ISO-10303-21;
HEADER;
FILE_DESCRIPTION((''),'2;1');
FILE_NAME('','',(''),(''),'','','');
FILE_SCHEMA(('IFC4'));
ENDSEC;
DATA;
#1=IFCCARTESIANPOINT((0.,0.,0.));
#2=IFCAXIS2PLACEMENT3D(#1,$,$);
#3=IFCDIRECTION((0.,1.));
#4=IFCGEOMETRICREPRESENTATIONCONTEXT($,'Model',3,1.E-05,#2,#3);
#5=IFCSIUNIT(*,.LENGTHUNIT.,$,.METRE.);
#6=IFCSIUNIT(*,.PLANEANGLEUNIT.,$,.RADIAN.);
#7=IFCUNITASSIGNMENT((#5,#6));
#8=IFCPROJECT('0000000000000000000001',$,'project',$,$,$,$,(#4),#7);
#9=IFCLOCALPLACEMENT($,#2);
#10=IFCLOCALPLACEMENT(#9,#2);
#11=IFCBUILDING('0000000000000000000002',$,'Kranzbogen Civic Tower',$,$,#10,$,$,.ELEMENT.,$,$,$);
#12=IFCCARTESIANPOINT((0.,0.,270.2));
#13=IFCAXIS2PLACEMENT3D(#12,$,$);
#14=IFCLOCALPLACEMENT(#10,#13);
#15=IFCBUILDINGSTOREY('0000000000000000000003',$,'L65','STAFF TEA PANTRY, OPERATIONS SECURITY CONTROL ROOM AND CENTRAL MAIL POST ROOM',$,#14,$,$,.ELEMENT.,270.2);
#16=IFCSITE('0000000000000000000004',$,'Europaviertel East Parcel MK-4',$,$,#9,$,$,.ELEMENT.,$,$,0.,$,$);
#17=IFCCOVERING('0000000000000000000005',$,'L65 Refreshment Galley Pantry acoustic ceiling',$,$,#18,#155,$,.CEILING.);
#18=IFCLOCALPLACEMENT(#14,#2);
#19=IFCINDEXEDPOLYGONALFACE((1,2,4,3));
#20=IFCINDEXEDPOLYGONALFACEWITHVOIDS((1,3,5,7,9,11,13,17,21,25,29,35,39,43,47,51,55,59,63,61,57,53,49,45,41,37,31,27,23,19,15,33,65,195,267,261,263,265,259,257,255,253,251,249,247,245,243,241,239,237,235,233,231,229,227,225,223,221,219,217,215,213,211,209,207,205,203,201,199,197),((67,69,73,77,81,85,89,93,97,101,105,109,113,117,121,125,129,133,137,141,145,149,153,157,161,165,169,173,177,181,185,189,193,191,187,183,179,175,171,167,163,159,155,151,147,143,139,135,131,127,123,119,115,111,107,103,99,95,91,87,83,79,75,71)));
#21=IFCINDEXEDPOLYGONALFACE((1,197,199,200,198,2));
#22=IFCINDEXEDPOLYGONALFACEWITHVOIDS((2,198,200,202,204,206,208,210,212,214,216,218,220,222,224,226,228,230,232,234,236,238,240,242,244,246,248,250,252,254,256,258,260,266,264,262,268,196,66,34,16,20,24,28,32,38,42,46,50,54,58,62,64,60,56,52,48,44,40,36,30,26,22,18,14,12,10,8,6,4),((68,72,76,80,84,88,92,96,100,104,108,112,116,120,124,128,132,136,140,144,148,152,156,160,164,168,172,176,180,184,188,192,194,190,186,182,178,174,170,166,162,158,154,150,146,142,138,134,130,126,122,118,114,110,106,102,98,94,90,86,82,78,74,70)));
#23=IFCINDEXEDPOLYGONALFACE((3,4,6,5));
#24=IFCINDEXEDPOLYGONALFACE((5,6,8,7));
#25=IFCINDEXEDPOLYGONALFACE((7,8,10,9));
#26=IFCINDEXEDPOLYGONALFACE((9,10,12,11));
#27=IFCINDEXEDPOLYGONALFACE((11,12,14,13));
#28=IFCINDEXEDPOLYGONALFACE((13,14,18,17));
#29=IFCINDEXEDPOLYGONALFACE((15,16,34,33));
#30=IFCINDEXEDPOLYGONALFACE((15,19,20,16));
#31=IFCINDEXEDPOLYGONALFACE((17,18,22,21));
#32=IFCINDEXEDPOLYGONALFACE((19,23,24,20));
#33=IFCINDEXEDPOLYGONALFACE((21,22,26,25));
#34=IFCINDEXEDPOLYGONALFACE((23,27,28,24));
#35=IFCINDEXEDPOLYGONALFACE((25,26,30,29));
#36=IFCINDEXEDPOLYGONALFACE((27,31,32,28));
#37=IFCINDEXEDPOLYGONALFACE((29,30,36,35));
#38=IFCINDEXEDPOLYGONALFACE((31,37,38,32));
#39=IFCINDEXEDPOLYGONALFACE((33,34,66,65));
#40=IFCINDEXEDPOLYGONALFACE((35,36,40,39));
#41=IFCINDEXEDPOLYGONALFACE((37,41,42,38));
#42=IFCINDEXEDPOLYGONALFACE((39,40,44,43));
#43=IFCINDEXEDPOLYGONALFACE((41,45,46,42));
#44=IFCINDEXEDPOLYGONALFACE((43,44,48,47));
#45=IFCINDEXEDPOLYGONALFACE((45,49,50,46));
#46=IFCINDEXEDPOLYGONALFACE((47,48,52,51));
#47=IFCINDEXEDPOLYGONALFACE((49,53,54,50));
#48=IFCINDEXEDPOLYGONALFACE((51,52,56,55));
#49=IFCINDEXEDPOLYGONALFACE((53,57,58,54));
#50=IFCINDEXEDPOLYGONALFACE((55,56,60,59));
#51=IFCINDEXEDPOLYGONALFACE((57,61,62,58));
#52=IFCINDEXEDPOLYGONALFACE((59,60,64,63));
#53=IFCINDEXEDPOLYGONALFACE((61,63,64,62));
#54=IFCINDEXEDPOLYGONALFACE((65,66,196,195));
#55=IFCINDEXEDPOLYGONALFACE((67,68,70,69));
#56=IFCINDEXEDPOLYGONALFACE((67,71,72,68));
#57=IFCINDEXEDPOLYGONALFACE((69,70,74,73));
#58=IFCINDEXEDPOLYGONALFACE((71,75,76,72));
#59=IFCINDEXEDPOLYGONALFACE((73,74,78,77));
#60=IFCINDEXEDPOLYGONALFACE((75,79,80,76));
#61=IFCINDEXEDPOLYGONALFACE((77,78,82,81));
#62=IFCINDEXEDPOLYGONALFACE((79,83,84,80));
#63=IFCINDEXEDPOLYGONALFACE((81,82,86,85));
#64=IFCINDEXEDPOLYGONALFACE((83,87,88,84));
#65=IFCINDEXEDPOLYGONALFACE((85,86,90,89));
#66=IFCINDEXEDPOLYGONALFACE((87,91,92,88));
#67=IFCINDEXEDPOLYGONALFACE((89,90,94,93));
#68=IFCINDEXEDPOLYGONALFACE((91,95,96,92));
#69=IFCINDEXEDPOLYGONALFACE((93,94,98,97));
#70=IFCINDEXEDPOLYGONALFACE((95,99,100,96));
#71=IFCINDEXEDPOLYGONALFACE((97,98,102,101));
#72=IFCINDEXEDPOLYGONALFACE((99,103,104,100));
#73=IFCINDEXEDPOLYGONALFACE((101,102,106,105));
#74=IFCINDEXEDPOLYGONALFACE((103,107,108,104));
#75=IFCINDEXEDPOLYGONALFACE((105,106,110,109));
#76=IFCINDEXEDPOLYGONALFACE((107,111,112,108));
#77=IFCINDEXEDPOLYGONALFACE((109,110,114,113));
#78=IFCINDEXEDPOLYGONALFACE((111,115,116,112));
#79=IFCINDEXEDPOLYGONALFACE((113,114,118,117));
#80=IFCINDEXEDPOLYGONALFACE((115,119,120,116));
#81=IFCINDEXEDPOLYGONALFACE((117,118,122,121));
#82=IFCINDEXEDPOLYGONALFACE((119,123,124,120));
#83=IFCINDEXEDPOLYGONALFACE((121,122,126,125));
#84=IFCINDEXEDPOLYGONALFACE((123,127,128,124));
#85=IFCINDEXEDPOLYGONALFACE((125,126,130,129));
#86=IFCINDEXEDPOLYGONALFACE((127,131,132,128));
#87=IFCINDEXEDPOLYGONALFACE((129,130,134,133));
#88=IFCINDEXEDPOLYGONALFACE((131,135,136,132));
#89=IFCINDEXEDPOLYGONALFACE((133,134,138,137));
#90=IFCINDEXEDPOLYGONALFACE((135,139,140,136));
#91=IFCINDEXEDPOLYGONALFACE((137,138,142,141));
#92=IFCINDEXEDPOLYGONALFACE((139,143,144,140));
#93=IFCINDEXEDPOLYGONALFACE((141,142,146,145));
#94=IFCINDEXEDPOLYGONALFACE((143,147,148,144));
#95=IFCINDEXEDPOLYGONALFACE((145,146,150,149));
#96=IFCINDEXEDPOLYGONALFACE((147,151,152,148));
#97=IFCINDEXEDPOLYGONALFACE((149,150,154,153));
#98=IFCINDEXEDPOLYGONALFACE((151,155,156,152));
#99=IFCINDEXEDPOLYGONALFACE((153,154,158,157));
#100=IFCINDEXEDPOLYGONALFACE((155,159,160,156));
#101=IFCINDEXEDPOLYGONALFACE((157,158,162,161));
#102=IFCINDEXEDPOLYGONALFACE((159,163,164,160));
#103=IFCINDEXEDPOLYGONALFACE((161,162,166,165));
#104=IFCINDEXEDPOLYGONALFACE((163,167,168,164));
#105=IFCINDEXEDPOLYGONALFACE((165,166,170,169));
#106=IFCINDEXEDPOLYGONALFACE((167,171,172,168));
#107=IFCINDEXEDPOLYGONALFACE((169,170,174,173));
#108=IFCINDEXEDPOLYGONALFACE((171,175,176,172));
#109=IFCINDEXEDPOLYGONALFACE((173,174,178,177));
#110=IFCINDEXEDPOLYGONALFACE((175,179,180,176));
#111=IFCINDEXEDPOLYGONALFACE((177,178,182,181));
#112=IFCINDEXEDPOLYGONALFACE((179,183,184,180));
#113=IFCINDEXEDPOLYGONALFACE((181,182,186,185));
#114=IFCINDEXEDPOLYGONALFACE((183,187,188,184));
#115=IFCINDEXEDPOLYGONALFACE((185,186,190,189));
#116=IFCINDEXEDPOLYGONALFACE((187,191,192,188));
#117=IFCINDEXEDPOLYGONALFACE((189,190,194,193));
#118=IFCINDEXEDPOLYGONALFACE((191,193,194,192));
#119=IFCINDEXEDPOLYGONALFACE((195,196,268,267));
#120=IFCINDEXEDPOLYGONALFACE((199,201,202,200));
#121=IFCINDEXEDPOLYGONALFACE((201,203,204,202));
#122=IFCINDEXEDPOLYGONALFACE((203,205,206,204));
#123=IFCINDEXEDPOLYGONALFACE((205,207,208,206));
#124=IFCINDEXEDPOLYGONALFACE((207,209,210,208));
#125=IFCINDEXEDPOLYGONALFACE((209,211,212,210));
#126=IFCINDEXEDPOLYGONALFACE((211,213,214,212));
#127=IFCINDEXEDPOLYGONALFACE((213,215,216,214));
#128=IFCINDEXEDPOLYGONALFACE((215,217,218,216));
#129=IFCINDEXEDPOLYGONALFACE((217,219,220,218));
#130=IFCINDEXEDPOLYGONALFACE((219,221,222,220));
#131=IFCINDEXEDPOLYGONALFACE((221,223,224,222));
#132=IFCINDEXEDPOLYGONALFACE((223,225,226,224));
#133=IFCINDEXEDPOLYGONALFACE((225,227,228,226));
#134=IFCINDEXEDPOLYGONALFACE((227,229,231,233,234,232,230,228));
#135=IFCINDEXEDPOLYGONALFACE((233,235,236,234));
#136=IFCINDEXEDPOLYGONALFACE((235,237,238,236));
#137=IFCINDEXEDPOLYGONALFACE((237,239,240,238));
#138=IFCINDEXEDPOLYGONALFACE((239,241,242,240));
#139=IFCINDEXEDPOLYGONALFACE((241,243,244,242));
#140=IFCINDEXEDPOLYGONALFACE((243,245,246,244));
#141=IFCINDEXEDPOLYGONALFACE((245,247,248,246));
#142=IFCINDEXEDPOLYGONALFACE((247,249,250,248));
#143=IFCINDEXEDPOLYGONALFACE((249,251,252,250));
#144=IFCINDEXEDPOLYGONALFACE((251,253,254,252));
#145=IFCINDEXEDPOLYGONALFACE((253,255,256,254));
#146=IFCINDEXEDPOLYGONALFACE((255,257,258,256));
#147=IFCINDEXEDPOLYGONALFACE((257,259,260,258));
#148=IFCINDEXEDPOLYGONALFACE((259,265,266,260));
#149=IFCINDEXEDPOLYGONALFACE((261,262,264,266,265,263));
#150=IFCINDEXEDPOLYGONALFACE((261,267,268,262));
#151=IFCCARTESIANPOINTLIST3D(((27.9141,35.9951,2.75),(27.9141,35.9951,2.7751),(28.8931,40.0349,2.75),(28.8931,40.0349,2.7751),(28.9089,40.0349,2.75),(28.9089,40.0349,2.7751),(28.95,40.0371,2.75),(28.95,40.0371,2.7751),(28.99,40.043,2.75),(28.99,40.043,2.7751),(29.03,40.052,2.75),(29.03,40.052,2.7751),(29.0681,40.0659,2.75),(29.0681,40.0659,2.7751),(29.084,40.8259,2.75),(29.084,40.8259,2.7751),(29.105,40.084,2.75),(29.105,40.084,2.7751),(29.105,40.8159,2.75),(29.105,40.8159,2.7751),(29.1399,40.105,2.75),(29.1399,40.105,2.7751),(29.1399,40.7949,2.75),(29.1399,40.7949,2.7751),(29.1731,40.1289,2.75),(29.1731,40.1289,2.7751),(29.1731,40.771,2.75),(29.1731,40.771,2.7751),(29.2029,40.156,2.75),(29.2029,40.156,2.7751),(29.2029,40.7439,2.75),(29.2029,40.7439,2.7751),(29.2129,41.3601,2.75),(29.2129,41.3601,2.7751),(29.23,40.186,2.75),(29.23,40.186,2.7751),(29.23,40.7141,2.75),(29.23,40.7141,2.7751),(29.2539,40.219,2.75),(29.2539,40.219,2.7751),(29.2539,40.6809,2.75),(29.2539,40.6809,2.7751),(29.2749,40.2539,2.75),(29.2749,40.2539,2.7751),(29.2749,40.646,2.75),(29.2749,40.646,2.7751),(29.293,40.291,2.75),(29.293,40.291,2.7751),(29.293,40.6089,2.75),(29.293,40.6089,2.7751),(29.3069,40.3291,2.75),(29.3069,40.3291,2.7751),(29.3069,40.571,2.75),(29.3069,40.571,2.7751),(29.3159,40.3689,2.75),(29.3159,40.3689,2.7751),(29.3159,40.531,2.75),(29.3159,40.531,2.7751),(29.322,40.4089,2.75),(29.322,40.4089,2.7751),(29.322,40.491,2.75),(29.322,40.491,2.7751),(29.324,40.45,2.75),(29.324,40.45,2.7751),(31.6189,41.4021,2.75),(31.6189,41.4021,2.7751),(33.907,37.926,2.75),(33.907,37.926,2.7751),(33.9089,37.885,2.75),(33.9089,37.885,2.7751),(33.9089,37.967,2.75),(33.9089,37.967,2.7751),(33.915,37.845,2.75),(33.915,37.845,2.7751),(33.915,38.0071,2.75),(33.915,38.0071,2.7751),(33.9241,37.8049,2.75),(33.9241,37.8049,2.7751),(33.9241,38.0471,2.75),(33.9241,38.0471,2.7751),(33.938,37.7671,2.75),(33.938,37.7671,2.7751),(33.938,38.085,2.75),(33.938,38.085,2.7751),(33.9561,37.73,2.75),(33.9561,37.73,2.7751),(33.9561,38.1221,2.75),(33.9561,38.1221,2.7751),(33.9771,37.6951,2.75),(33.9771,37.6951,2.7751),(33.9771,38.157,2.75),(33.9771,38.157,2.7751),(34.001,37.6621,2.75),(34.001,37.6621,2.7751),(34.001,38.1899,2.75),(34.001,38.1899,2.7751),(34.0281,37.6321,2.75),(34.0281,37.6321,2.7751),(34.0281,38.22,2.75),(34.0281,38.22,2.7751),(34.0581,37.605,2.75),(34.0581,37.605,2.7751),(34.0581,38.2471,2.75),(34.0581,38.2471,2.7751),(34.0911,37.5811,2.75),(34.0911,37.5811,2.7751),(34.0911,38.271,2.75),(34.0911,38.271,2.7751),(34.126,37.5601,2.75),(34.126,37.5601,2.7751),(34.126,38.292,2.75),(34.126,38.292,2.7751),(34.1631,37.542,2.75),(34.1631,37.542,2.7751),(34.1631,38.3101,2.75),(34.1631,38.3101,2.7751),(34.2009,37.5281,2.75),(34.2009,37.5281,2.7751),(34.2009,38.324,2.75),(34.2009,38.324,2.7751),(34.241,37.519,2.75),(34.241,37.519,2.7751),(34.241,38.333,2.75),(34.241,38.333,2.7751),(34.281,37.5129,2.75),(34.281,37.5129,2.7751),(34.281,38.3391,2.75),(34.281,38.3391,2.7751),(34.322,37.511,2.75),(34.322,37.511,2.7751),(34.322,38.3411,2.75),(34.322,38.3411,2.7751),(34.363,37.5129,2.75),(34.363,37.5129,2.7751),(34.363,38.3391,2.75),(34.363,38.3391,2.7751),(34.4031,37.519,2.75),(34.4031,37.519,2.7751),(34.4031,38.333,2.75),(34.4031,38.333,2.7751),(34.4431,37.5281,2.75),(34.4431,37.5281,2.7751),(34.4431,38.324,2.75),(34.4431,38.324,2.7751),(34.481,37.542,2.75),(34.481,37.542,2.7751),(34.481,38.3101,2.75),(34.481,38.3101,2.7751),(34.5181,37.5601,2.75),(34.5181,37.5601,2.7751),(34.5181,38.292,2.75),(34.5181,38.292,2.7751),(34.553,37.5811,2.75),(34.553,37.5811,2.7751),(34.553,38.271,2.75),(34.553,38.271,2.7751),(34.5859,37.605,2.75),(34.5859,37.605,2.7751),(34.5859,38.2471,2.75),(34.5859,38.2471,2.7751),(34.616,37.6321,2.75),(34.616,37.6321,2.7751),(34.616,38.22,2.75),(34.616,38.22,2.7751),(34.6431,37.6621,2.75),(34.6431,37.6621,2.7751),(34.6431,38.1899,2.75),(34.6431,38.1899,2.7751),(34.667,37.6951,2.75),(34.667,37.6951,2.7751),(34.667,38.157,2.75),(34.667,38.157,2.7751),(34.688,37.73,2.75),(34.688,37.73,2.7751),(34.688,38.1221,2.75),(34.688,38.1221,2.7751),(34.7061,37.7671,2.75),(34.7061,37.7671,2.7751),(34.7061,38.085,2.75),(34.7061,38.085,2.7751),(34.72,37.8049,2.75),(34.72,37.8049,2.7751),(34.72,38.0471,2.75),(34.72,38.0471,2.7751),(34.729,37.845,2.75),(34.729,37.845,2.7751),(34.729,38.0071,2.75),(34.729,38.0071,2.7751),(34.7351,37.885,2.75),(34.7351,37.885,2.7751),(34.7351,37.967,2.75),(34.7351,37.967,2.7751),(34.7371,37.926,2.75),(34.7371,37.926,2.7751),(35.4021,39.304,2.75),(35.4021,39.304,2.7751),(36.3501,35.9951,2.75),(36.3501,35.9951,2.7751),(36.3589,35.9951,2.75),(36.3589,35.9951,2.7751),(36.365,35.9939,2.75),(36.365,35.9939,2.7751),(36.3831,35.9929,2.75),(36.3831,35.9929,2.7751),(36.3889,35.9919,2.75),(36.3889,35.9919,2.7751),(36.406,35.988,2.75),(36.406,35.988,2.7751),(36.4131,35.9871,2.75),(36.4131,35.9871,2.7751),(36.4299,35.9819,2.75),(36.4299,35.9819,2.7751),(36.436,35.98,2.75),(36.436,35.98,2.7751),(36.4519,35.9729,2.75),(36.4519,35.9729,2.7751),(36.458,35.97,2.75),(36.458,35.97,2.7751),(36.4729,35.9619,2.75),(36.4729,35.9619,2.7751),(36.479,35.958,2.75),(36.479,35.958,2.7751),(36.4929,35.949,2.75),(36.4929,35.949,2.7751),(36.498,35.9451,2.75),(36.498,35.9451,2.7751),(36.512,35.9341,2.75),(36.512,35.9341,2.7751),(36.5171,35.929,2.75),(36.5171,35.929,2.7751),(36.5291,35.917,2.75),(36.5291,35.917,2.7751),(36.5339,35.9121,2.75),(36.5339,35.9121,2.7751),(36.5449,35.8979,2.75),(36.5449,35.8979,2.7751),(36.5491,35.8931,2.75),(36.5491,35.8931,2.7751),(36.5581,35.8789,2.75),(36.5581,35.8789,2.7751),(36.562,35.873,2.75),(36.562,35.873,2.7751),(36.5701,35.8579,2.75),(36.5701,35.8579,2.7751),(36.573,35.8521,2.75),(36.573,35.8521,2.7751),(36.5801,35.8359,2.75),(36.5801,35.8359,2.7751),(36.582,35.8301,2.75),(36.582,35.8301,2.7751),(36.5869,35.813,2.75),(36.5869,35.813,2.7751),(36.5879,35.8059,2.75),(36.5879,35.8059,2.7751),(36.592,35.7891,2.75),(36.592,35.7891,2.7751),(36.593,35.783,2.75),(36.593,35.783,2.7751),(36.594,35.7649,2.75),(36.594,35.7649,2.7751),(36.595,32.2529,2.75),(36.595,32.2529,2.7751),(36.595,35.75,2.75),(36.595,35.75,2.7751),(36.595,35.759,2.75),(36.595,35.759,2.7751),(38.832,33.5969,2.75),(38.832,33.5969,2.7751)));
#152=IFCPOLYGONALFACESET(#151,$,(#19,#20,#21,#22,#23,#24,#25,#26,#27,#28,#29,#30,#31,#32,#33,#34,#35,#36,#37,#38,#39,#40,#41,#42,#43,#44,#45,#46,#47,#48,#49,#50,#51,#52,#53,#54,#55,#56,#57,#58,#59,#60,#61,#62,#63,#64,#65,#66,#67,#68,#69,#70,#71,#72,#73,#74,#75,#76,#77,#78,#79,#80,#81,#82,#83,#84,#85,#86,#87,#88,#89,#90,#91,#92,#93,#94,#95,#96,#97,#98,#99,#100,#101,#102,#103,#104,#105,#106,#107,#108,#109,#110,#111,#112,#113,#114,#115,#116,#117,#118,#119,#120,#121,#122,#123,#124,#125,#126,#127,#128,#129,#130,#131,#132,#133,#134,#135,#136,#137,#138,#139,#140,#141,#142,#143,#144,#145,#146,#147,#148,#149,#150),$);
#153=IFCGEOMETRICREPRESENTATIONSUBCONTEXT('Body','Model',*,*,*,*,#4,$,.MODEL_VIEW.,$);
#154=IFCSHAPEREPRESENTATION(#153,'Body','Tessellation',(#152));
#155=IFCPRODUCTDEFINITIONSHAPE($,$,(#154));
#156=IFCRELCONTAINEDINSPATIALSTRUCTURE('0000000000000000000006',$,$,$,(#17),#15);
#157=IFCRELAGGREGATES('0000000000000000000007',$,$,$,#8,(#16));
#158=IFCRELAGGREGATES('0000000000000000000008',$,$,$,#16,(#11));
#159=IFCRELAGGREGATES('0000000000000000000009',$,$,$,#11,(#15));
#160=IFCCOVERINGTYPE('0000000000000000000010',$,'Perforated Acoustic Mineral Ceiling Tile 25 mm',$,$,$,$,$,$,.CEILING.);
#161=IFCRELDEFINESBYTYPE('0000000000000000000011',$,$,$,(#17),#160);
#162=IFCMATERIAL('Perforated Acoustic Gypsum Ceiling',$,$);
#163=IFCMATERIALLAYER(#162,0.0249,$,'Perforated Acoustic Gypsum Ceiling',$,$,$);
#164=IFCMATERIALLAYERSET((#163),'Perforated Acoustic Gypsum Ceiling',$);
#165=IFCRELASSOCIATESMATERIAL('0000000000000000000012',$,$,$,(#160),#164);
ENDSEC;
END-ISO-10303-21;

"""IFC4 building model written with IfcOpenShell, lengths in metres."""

from ifc_helpers import new_model, si_unit, direction, frame, origin, place, context, subcontext, project, spatial, polyline, outline, extrude, material, layer, layer_set, type_object, element, save


model = new_model("IFC4")

# Units and contexts
model_context = context("Model", 3, precision=1e-05, world=origin(), true_north=direction((0.0, 1.0)))
body_context = subcontext(model_context, "Body", "Model", "MODEL_VIEW")
ifc_project = project(units=[si_unit("LENGTHUNIT", "METRE"), si_unit("PLANEANGLEUNIT", "RADIAN")], contexts=[model_context])

# Site, building, storey
site_placement = place(None, origin())
site = spatial("IfcSite", under=ifc_project, at=site_placement, Name="Europaviertel East Parcel MK-4", CompositionType="ELEMENT", RefElevation=0.0)
building_placement = place(site_placement, origin())
building = spatial("IfcBuilding", under=site, at=building_placement, Name="Kranzbogen Civic Tower", CompositionType="ELEMENT")
storey_placement = place(building_placement, frame((0.0, 0.0, 270.2)))
storey = spatial("IfcBuildingStorey", under=building, at=storey_placement, Name="L65", Description="STAFF TEA PANTRY, OPERATIONS SECURITY CONTROL ROOM AND CENTRAL MAIL POST ROOM", CompositionType="ELEMENT", Elevation=270.2)

# Covering
ifc_material_1 = material(Name="Perforated Acoustic Gypsum Ceiling")
ifc_layer_1 = layer(ifc_material_1, 0.0249, Name="Perforated Acoustic Gypsum Ceiling")
ifc_layer_set_1 = layer_set([ifc_layer_1], Name="Perforated Acoustic Gypsum Ceiling")
covering_type_1 = type_object("IfcCoveringType", Name="Perforated Acoustic Mineral Ceiling Tile 25 mm", PredefinedType="CEILING", material=ifc_layer_set_1)
covering_1_placement = place(storey_placement, frame((0.0, 0.0, 2.75)))
element("IfcCovering", 1, at=covering_1_placement, inside=storey, type_object=covering_type_1, Name="L65 Refreshment Galley Pantry acoustic ceiling", PredefinedType="CEILING", context=body_context, shape_type="SweptSolid", body=[
    extrude(outline(polyline([(36.595, 35.75), (36.595, 35.759), (36.594, 35.7649), (36.593, 35.783), (36.592, 35.7891), (36.5879, 35.8059), (36.5869, 35.813), (36.582, 35.8301), (36.5801, 35.8359), (36.573, 35.8521), (36.5701, 35.8579), (36.562, 35.873), (36.5581, 35.8789), (36.5491, 35.8931), (36.5449, 35.8979), (36.5339, 35.9121), (36.5291, 35.917), (36.5171, 35.929), (36.512, 35.9341), (36.498, 35.9451), (36.4929, 35.949), (36.479, 35.958), (36.4729, 35.9619), (36.458, 35.97), (36.4519, 35.9729), (36.436, 35.98), (36.4299, 35.9819), (36.4131, 35.9871), (36.406, 35.988), (36.3889, 35.9919), (36.3831, 35.9929), (36.365, 35.9939), (36.3589, 35.9951), (36.3501, 35.9951), (27.9141, 35.9951), (28.8931, 40.0349), (28.9089, 40.0349), (28.95, 40.0371), (28.99, 40.043), (29.03, 40.052), (29.0681, 40.0659), (29.105, 40.084), (29.1399, 40.105), (29.1731, 40.1289), (29.2029, 40.156), (29.23, 40.186), (29.2539, 40.219), (29.2749, 40.2539), (29.293, 40.291), (29.3069, 40.3291), (29.3159, 40.3689), (29.322, 40.4089), (29.324, 40.45), (29.322, 40.491), (29.3159, 40.531), (29.3069, 40.571), (29.293, 40.6089), (29.2749, 40.646), (29.2539, 40.6809), (29.23, 40.7141), (29.2029, 40.7439), (29.1731, 40.771), (29.1399, 40.7949), (29.105, 40.8159), (29.084, 40.8259), (29.2129, 41.3601), (31.6189, 41.4021), (35.4021, 39.304), (38.832, 33.5969), (36.595, 32.2529), (36.595, 35.75)]), holes=[polyline([(34.7061, 37.7671), (34.688, 37.73), (34.667, 37.6951), (34.6431, 37.6621), (34.616, 37.6321), (34.5859, 37.605), (34.553, 37.5811), (34.5181, 37.5601), (34.481, 37.542), (34.4431, 37.5281), (34.4031, 37.519), (34.363, 37.5129), (34.322, 37.511), (34.281, 37.5129), (34.241, 37.519), (34.2009, 37.5281), (34.1631, 37.542), (34.126, 37.5601), (34.0911, 37.5811), (34.0581, 37.605), (34.0281, 37.6321), (34.001, 37.6621), (33.9771, 37.6951), (33.9561, 37.73), (33.938, 37.7671), (33.9241, 37.8049), (33.915, 37.845), (33.9089, 37.885), (33.907, 37.926), (33.9089, 37.967), (33.915, 38.0071), (33.9241, 38.0471), (33.938, 38.085), (33.9561, 38.1221), (33.9771, 38.157), (34.001, 38.1899), (34.0281, 38.22), (34.0581, 38.2471), (34.0911, 38.271), (34.126, 38.292), (34.1631, 38.3101), (34.2009, 38.324), (34.241, 38.333), (34.281, 38.3391), (34.322, 38.3411), (34.363, 38.3391), (34.4031, 38.333), (34.4431, 38.324), (34.481, 38.3101), (34.5181, 38.292), (34.553, 38.271), (34.5859, 38.2471), (34.616, 38.22), (34.6431, 38.1899), (34.667, 38.157), (34.688, 38.1221), (34.7061, 38.085), (34.72, 38.0471), (34.729, 38.0071), (34.7351, 37.967), (34.7371, 37.926), (34.7351, 37.885), (34.729, 37.845), (34.72, 37.8049), (34.7061, 37.7671)])]), origin(), (0.0, 0.0, 1.0), 0.0251),
])

save(model, "model.ifc")
